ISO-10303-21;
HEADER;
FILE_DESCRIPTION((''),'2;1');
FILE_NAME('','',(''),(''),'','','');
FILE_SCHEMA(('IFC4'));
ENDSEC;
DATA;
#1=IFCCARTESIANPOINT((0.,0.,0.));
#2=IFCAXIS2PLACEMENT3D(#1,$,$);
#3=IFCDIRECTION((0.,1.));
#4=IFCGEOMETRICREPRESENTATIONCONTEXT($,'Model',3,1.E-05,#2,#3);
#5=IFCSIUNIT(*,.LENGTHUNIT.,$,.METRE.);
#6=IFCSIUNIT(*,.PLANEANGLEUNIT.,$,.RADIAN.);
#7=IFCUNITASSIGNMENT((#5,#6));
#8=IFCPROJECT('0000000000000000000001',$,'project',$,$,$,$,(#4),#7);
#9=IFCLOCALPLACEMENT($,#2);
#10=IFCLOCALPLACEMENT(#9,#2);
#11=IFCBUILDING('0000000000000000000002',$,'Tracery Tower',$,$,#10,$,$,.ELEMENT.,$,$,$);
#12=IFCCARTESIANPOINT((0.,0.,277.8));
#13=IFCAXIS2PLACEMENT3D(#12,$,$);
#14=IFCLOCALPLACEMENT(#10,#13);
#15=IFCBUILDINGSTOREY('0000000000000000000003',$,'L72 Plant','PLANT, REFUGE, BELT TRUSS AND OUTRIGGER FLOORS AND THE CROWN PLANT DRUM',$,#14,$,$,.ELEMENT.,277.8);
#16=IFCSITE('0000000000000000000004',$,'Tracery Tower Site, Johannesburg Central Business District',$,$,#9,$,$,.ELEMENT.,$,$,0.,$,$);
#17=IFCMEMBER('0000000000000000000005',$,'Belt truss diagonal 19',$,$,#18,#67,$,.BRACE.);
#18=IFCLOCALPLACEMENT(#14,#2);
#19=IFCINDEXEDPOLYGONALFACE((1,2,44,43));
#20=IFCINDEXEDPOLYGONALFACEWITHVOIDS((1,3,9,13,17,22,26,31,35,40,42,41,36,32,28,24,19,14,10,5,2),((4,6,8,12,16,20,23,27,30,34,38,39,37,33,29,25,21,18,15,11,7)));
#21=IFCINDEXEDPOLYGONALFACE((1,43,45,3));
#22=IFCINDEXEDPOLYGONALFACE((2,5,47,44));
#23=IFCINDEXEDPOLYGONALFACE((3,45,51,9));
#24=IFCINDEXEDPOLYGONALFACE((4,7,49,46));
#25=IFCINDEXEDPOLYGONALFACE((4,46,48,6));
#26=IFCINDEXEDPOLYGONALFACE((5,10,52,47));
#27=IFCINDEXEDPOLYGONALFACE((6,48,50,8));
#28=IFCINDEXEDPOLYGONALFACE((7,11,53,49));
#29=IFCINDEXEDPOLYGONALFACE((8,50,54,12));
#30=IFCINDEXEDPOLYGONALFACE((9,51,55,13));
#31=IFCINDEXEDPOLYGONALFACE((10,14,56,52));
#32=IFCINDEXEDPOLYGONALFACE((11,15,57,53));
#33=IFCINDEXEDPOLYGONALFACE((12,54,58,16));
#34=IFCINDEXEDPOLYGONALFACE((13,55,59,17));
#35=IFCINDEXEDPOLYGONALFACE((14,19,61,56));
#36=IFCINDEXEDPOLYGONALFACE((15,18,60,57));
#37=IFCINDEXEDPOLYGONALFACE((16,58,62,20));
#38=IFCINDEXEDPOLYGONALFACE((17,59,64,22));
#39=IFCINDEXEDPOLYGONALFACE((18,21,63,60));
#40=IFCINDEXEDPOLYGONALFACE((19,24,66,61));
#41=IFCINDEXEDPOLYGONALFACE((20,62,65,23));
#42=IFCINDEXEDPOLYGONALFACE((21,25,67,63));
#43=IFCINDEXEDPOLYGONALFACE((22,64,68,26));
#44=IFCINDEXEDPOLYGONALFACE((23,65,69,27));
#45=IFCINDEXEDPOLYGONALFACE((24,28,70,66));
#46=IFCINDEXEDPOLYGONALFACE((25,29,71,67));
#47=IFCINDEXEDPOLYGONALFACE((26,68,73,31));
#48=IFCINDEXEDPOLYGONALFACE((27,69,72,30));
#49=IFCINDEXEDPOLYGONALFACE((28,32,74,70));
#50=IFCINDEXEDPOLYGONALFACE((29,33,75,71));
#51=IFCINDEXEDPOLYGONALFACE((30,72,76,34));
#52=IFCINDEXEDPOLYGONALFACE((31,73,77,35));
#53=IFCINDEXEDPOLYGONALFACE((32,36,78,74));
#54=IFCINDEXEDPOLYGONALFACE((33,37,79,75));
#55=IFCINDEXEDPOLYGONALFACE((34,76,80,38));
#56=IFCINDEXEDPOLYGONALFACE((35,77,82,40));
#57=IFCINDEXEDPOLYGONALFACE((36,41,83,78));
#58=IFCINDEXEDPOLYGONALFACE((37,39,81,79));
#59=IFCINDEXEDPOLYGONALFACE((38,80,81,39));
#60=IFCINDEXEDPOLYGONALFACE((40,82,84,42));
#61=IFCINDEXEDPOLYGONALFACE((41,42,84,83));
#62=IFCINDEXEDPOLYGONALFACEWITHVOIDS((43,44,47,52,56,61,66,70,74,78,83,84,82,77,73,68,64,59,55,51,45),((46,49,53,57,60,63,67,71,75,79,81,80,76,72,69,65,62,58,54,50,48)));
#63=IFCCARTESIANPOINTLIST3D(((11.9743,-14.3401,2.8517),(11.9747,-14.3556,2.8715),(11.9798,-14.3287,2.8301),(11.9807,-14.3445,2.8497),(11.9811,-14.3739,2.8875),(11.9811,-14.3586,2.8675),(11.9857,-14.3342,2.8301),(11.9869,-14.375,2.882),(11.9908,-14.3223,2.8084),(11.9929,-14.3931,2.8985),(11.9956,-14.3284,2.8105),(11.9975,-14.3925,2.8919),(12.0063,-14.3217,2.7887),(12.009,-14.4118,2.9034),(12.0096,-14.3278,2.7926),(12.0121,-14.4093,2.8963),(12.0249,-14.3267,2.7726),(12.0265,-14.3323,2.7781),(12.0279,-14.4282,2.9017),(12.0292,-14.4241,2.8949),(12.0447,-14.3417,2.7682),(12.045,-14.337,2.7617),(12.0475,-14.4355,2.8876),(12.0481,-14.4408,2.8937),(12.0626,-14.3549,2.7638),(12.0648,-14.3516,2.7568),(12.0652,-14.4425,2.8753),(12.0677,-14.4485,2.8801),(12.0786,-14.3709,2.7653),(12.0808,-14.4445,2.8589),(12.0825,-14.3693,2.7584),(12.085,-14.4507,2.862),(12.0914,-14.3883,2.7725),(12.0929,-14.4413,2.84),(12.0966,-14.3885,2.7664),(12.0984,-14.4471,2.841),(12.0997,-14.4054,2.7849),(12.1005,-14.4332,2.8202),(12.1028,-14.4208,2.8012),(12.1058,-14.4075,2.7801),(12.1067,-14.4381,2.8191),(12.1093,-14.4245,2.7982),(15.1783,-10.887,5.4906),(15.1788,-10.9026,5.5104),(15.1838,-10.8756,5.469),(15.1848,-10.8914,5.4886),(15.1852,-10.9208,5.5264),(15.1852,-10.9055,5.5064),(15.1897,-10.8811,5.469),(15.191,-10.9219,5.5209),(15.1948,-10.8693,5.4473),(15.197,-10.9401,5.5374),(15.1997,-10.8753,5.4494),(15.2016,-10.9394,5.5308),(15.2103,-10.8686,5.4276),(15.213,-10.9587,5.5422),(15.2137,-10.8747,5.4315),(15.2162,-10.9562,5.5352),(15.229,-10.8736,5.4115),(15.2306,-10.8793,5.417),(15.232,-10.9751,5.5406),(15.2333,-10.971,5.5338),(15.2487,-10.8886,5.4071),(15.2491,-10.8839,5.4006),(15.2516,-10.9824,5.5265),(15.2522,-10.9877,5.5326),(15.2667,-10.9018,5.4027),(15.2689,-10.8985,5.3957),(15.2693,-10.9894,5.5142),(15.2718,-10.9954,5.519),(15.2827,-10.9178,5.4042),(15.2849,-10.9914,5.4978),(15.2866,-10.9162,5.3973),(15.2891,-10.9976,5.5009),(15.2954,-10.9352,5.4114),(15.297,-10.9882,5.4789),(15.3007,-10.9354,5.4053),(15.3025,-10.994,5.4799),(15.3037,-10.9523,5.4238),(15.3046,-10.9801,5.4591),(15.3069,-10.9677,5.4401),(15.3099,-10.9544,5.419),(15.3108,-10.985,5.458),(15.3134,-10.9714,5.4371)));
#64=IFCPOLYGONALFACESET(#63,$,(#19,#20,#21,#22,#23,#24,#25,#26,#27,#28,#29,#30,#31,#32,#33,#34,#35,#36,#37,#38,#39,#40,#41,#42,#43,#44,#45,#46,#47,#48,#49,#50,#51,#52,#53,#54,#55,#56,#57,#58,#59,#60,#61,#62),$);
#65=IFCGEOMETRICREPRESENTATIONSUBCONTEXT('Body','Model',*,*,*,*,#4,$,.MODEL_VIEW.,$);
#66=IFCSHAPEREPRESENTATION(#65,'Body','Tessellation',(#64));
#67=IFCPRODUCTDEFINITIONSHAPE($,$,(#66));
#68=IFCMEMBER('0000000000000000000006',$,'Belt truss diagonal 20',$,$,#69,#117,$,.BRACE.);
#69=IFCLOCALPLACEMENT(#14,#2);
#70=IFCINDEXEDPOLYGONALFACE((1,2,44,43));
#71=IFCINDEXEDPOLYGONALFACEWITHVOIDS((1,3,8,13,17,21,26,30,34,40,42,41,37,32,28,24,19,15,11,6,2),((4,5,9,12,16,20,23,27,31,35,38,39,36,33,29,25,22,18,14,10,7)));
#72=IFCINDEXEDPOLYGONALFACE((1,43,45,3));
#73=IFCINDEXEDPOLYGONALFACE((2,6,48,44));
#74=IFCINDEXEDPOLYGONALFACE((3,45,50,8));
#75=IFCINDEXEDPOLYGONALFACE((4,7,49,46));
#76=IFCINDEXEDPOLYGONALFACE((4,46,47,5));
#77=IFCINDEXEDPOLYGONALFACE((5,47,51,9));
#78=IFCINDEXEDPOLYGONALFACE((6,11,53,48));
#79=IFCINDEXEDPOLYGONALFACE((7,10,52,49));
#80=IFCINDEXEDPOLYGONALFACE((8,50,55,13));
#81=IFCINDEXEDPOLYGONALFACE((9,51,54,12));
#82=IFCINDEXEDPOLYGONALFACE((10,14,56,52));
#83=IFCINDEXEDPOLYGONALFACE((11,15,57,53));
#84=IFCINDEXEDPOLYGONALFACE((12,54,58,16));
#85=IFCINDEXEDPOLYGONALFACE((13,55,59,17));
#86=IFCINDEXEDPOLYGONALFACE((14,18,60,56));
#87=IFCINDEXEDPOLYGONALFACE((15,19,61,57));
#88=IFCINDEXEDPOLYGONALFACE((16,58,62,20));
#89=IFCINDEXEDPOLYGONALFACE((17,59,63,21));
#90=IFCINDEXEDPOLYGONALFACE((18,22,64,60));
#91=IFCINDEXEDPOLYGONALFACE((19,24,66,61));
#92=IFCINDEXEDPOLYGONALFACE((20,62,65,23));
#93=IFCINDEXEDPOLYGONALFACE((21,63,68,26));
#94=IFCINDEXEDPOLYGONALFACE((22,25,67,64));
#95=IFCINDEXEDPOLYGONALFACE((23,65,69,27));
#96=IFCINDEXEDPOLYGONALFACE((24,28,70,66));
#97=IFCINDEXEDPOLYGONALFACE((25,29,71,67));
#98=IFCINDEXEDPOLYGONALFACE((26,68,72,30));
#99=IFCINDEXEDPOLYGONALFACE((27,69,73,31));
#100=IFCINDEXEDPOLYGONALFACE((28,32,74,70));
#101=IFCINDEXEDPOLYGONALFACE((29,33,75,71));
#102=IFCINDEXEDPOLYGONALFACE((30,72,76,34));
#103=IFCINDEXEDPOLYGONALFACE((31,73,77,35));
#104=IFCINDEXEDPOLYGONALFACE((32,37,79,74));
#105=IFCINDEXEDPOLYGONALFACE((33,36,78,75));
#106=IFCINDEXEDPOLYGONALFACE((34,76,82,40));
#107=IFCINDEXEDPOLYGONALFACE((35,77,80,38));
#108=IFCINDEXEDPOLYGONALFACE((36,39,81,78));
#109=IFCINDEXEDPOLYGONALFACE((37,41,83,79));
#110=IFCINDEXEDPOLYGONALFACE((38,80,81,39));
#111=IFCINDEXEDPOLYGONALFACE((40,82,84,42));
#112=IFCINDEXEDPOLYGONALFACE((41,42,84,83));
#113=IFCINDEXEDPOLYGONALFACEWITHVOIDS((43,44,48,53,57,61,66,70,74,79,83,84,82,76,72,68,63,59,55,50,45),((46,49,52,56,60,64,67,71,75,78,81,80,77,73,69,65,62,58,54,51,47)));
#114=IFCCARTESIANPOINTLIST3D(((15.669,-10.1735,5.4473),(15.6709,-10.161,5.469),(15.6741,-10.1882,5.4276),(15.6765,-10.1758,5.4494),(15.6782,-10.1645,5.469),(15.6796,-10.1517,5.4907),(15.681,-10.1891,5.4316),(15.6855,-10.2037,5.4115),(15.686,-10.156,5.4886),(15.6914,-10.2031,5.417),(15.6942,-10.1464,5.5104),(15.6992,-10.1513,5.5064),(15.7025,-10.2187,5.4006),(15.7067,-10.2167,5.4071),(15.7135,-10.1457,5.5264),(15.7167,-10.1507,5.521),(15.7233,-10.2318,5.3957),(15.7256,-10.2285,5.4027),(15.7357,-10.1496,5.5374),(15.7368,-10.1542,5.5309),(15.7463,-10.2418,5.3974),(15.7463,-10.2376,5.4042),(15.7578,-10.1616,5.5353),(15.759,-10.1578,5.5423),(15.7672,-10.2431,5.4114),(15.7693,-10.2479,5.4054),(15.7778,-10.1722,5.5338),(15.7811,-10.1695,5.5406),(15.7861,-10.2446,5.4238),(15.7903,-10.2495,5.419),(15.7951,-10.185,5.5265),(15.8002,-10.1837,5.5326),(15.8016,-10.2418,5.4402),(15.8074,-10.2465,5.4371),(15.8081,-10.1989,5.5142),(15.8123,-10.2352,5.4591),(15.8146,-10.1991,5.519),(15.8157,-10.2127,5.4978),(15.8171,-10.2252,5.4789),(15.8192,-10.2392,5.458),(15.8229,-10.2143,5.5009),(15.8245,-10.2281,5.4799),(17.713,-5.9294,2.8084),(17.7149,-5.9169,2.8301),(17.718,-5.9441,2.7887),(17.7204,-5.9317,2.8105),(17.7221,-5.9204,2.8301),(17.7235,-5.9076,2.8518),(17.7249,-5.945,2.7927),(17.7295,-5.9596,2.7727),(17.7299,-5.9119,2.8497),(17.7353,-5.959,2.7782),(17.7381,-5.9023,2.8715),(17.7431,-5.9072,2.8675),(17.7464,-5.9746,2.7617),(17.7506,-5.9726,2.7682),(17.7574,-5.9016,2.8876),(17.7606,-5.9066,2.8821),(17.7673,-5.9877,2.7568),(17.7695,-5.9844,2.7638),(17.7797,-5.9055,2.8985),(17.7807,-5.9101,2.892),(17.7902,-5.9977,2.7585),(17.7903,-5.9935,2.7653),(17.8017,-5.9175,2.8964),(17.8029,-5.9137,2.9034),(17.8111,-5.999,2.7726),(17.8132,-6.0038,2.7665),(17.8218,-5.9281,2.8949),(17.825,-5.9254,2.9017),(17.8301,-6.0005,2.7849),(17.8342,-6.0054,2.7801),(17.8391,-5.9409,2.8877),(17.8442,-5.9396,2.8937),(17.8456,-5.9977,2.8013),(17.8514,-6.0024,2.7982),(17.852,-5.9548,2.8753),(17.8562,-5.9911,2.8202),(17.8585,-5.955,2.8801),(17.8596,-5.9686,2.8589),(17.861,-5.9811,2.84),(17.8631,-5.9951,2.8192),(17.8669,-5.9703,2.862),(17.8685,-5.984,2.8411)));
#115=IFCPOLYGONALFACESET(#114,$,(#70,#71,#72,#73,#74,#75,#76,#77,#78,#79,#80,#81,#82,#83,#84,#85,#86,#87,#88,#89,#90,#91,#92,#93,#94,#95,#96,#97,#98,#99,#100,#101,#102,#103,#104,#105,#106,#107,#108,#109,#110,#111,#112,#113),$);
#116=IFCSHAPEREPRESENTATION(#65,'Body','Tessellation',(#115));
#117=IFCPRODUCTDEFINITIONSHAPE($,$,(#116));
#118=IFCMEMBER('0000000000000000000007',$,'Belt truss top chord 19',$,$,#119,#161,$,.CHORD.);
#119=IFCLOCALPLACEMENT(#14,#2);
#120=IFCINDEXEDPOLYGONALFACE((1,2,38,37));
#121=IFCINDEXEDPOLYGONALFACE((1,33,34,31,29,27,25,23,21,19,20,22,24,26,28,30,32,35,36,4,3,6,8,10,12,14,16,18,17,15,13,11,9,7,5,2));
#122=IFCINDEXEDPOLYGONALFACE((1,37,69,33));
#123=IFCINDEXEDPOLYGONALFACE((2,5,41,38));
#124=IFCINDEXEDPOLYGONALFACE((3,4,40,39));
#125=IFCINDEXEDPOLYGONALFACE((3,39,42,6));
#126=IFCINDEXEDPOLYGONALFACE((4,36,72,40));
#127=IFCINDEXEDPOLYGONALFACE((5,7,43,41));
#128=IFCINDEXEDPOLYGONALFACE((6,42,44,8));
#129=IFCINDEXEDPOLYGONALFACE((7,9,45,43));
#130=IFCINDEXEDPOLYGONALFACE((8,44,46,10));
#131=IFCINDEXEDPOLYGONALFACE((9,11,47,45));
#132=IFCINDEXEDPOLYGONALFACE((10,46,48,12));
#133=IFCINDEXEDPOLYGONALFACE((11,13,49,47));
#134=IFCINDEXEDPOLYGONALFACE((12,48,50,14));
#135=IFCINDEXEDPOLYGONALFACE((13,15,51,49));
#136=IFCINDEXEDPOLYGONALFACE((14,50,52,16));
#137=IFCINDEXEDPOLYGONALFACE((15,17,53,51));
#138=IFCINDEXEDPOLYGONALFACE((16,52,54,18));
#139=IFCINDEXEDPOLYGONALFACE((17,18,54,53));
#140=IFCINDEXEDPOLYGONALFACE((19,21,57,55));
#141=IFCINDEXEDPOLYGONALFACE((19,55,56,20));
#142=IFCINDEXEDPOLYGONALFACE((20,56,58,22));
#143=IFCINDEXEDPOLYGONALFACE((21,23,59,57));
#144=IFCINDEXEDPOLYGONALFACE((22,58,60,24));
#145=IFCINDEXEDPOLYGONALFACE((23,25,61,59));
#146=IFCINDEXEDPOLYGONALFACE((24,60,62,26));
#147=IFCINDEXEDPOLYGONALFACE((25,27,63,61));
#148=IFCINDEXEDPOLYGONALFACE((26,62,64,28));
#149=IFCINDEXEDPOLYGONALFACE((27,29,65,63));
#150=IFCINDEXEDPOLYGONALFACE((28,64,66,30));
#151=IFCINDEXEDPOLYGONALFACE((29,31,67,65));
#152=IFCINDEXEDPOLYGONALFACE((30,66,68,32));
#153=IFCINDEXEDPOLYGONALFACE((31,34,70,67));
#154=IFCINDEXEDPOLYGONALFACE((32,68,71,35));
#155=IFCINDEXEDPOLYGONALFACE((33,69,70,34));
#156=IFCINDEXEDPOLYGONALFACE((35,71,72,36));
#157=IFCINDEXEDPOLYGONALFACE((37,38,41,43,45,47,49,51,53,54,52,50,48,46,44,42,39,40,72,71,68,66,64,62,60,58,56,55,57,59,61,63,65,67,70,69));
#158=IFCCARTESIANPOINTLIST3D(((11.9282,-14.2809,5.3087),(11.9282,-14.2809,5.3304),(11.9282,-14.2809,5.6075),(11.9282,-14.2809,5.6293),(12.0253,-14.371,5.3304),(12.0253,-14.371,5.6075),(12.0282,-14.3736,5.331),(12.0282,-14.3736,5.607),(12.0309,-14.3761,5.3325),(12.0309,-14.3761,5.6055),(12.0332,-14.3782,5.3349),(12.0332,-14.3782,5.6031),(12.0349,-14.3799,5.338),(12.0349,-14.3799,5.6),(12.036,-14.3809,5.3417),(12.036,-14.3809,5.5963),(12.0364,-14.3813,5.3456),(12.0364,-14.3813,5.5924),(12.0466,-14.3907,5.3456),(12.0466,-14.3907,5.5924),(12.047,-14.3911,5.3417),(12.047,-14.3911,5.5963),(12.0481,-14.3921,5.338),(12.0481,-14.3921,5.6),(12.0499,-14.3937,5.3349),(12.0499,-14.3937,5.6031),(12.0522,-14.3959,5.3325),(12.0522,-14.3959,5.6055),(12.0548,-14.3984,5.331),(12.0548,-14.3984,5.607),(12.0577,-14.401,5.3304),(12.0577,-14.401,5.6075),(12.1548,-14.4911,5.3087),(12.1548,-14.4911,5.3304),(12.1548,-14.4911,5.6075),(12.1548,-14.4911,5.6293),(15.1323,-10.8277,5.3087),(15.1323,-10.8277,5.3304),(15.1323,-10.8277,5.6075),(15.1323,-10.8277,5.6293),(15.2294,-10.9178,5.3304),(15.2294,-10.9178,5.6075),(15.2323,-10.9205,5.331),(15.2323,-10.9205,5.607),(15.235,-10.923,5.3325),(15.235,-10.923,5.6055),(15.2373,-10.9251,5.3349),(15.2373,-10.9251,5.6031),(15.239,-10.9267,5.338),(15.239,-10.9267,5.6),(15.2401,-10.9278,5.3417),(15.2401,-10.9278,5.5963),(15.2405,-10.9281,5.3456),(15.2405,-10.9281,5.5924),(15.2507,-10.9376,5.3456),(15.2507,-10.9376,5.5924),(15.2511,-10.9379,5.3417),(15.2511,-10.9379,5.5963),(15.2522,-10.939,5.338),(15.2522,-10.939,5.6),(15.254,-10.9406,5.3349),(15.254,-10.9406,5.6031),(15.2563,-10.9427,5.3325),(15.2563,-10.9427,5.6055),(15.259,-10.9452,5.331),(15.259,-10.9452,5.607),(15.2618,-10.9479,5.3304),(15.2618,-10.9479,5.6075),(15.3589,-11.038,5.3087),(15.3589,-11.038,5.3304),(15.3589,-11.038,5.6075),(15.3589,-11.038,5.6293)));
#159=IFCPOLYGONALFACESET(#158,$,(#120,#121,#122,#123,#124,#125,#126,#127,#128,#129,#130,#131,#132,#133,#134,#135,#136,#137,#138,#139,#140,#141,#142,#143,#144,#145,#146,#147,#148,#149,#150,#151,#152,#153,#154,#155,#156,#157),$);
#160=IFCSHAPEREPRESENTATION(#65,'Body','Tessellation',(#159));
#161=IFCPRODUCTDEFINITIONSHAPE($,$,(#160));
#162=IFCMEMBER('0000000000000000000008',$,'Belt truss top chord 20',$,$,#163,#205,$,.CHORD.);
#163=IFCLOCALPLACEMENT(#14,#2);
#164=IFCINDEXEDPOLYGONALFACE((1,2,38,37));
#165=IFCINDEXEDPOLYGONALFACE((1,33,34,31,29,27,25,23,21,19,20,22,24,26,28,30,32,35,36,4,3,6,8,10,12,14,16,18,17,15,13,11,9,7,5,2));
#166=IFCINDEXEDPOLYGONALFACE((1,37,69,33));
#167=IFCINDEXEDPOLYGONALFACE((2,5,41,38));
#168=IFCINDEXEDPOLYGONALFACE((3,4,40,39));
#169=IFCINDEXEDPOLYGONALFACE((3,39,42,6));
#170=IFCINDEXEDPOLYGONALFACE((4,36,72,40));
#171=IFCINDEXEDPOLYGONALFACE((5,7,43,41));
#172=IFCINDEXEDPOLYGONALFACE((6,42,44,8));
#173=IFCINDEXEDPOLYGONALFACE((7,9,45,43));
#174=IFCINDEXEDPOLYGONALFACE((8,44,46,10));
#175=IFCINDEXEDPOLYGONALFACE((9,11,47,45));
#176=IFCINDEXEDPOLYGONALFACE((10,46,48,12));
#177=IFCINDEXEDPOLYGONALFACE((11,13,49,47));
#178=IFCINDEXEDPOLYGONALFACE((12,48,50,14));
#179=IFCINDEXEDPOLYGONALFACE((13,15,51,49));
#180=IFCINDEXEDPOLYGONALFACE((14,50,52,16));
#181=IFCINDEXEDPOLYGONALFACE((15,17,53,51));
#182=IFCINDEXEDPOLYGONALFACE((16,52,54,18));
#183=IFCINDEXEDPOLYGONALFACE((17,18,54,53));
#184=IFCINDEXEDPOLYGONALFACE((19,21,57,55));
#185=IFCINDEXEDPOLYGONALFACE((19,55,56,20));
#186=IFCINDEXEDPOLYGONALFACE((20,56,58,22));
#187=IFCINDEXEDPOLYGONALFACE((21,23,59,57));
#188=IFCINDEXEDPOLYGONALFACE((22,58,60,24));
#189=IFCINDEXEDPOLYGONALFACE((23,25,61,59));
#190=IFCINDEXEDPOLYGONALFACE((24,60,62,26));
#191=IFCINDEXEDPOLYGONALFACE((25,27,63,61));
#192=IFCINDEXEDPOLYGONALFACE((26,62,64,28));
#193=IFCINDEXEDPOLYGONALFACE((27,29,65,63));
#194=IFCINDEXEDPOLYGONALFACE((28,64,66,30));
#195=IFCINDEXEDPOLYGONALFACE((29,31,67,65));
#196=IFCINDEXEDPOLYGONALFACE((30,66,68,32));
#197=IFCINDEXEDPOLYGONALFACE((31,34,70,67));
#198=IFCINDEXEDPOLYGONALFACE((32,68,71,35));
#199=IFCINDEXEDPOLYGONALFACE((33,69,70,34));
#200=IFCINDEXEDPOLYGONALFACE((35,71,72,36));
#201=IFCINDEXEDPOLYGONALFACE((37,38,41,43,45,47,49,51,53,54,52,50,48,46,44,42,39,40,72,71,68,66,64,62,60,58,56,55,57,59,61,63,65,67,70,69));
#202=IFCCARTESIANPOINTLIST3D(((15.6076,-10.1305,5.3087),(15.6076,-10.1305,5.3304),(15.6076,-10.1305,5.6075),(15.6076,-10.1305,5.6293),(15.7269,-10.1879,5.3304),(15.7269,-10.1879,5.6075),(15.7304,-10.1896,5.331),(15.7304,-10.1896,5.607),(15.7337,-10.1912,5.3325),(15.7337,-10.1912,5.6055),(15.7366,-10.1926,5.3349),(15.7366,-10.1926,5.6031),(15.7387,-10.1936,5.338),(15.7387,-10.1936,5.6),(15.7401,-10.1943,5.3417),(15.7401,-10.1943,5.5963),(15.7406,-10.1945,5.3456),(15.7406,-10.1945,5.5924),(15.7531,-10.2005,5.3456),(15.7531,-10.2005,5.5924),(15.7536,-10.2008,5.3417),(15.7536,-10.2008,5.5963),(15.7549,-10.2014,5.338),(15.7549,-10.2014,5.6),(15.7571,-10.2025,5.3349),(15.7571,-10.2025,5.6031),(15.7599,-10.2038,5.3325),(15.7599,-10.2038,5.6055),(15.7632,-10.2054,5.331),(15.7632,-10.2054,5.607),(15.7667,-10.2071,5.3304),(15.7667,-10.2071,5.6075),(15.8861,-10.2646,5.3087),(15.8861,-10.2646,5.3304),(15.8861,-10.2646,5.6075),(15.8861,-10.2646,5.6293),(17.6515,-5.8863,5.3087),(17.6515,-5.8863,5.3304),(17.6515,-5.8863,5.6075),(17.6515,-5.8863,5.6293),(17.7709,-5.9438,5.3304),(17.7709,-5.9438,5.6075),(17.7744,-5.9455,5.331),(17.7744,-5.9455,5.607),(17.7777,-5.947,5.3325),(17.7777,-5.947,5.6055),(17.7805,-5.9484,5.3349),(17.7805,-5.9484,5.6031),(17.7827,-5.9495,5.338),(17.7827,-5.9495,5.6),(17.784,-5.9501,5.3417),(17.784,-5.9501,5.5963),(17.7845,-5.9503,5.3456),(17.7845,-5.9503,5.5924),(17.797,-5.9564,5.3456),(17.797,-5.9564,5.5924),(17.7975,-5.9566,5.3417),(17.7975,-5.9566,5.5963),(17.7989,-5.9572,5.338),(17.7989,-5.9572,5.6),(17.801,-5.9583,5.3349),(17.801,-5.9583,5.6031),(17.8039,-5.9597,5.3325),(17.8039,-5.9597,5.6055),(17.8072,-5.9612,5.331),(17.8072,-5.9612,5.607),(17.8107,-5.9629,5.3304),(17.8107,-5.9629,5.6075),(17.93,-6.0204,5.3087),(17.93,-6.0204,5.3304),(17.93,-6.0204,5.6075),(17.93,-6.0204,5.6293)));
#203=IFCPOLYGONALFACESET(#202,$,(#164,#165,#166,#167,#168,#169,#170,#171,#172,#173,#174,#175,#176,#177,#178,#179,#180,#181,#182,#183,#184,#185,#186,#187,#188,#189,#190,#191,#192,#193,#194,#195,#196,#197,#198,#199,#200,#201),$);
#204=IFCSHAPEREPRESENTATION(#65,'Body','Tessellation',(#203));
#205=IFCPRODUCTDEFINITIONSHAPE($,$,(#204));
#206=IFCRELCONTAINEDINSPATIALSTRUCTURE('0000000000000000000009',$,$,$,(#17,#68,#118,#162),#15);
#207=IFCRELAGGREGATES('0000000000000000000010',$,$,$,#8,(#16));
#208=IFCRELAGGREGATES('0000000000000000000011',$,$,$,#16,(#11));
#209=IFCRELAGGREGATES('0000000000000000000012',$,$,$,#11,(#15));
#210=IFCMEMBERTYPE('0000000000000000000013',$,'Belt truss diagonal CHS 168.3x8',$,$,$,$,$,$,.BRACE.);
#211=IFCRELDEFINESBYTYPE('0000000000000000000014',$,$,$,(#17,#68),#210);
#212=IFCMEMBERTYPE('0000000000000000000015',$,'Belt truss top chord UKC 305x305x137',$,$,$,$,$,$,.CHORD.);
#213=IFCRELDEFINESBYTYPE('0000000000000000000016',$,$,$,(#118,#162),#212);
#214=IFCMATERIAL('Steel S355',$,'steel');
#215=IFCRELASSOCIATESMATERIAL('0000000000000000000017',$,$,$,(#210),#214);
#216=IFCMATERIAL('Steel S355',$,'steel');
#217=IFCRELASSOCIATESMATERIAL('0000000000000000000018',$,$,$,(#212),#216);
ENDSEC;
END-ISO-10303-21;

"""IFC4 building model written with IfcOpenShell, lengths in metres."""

from ifc_helpers import new_model, si_unit, direction, frame, origin, origin_2d, place, context, subcontext, project, spatial, hollow_circle, i_section, extrude, material, material_profile, profile_set, type_object, element, save


model = new_model("IFC4")

# Units and contexts
model_context = context("Model", 3, precision=1e-05, world=origin(), true_north=direction((0.0, 1.0)))
body_context = subcontext(model_context, "Body", "Model", "MODEL_VIEW")
ifc_project = project(units=[si_unit("LENGTHUNIT", "METRE"), si_unit("PLANEANGLEUNIT", "RADIAN")], contexts=[model_context])

# Site, building, storey
site_placement = place(None, origin())
site = spatial("IfcSite", under=ifc_project, at=site_placement, Name="Tracery Tower Site, Johannesburg Central Business District", CompositionType="ELEMENT", RefElevation=0.0)
building_placement = place(site_placement, origin())
building = spatial("IfcBuilding", under=site, at=building_placement, Name="Tracery Tower", CompositionType="ELEMENT")
storey_placement = place(building_placement, frame((0.0, 0.0, 277.8)))
storey = spatial("IfcBuildingStorey", under=building, at=storey_placement, Name="L72 Plant", Description="PLANT, REFUGE, BELT TRUSS AND OUTRIGGER FLOORS AND THE CROWN PLANT DRUM", CompositionType="ELEMENT", Elevation=277.8)

# Members
ifc_material_1 = material(Name="Steel S355", Category="steel")
ifc_material_profile_1 = material_profile(ifc_material_1, hollow_circle(Radius=0.0842, WallThickness=0.0081, at=origin_2d()), Name="CHS 168.3x8")
ifc_profile_set_1 = profile_set([ifc_material_profile_1], Name="Steel S355")
member_type_1 = type_object("IfcMemberType", Name="Belt truss diagonal CHS 168.3x8", PredefinedType="BRACE", material=ifc_profile_set_1)
for number, where, z_axis, x_axis, name in (
    (1, (12.0415, -14.386, 2.8301), (0.593411, 0.639531, 0.488737), (-0.733044, 0.680181, 0.0), "Belt truss diagonal 19"),
    (2, (15.7468, -10.1975, 5.469), (0.378545, 0.786029, -0.488736), (-0.900963, 0.433897, 0.0), "Belt truss diagonal 20"),
):
    element("IfcMember", number, at=place(storey_placement, frame(where, z_axis=z_axis, x_axis=x_axis)), inside=storey, type_object=member_type_1, Name=name, PredefinedType="BRACE", context=body_context, shape_type="SweptSolid", body=[
        extrude(hollow_circle(Radius=0.0842, WallThickness=0.0081, at=origin_2d()), origin(), (0.0, 0.0, 1.0), 5.3994),
    ])
ifc_material_2 = material(Name="Steel S355", Category="steel")
ifc_material_profile_2 = material_profile(ifc_material_2, i_section(OverallWidth=0.3091, OverallDepth=0.3206, WebThickness=0.0139, FlangeThickness=0.0217, FilletRadius=0.0151, at=origin_2d()), Name="UKC 305x305x137")
ifc_profile_set_2 = profile_set([ifc_material_profile_2], Name="Steel S355")
member_type_2 = type_object("IfcMemberType", Name="Belt truss top chord UKC 305x305x137", PredefinedType="CHORD", material=ifc_profile_set_2)
for number, where, z_axis, x_axis, name in (
    (3, (12.0415, -14.386, 5.469), (0.680181, 0.733044, 0.0), (-0.733044, 0.680181, 0.0), "Belt truss top chord 19"),
    (4, (15.7468, -10.1975, 5.469), (0.433897, 0.900963, 0.0), (-0.900963, 0.433897, 0.0), "Belt truss top chord 20"),
):
    element("IfcMember", number, at=place(storey_placement, frame(where, z_axis=z_axis, x_axis=x_axis)), inside=storey, type_object=member_type_2, Name=name, PredefinedType="CHORD", context=body_context, shape_type="SweptSolid", body=[
        extrude(i_section(OverallWidth=0.3091, OverallDepth=0.3206, WebThickness=0.0139, FlangeThickness=0.0217, FilletRadius=0.0151, at=origin_2d()), origin(), (0.0, 0.0, 1.0), 4.7107),
    ])

save(model, "model.ifc")
